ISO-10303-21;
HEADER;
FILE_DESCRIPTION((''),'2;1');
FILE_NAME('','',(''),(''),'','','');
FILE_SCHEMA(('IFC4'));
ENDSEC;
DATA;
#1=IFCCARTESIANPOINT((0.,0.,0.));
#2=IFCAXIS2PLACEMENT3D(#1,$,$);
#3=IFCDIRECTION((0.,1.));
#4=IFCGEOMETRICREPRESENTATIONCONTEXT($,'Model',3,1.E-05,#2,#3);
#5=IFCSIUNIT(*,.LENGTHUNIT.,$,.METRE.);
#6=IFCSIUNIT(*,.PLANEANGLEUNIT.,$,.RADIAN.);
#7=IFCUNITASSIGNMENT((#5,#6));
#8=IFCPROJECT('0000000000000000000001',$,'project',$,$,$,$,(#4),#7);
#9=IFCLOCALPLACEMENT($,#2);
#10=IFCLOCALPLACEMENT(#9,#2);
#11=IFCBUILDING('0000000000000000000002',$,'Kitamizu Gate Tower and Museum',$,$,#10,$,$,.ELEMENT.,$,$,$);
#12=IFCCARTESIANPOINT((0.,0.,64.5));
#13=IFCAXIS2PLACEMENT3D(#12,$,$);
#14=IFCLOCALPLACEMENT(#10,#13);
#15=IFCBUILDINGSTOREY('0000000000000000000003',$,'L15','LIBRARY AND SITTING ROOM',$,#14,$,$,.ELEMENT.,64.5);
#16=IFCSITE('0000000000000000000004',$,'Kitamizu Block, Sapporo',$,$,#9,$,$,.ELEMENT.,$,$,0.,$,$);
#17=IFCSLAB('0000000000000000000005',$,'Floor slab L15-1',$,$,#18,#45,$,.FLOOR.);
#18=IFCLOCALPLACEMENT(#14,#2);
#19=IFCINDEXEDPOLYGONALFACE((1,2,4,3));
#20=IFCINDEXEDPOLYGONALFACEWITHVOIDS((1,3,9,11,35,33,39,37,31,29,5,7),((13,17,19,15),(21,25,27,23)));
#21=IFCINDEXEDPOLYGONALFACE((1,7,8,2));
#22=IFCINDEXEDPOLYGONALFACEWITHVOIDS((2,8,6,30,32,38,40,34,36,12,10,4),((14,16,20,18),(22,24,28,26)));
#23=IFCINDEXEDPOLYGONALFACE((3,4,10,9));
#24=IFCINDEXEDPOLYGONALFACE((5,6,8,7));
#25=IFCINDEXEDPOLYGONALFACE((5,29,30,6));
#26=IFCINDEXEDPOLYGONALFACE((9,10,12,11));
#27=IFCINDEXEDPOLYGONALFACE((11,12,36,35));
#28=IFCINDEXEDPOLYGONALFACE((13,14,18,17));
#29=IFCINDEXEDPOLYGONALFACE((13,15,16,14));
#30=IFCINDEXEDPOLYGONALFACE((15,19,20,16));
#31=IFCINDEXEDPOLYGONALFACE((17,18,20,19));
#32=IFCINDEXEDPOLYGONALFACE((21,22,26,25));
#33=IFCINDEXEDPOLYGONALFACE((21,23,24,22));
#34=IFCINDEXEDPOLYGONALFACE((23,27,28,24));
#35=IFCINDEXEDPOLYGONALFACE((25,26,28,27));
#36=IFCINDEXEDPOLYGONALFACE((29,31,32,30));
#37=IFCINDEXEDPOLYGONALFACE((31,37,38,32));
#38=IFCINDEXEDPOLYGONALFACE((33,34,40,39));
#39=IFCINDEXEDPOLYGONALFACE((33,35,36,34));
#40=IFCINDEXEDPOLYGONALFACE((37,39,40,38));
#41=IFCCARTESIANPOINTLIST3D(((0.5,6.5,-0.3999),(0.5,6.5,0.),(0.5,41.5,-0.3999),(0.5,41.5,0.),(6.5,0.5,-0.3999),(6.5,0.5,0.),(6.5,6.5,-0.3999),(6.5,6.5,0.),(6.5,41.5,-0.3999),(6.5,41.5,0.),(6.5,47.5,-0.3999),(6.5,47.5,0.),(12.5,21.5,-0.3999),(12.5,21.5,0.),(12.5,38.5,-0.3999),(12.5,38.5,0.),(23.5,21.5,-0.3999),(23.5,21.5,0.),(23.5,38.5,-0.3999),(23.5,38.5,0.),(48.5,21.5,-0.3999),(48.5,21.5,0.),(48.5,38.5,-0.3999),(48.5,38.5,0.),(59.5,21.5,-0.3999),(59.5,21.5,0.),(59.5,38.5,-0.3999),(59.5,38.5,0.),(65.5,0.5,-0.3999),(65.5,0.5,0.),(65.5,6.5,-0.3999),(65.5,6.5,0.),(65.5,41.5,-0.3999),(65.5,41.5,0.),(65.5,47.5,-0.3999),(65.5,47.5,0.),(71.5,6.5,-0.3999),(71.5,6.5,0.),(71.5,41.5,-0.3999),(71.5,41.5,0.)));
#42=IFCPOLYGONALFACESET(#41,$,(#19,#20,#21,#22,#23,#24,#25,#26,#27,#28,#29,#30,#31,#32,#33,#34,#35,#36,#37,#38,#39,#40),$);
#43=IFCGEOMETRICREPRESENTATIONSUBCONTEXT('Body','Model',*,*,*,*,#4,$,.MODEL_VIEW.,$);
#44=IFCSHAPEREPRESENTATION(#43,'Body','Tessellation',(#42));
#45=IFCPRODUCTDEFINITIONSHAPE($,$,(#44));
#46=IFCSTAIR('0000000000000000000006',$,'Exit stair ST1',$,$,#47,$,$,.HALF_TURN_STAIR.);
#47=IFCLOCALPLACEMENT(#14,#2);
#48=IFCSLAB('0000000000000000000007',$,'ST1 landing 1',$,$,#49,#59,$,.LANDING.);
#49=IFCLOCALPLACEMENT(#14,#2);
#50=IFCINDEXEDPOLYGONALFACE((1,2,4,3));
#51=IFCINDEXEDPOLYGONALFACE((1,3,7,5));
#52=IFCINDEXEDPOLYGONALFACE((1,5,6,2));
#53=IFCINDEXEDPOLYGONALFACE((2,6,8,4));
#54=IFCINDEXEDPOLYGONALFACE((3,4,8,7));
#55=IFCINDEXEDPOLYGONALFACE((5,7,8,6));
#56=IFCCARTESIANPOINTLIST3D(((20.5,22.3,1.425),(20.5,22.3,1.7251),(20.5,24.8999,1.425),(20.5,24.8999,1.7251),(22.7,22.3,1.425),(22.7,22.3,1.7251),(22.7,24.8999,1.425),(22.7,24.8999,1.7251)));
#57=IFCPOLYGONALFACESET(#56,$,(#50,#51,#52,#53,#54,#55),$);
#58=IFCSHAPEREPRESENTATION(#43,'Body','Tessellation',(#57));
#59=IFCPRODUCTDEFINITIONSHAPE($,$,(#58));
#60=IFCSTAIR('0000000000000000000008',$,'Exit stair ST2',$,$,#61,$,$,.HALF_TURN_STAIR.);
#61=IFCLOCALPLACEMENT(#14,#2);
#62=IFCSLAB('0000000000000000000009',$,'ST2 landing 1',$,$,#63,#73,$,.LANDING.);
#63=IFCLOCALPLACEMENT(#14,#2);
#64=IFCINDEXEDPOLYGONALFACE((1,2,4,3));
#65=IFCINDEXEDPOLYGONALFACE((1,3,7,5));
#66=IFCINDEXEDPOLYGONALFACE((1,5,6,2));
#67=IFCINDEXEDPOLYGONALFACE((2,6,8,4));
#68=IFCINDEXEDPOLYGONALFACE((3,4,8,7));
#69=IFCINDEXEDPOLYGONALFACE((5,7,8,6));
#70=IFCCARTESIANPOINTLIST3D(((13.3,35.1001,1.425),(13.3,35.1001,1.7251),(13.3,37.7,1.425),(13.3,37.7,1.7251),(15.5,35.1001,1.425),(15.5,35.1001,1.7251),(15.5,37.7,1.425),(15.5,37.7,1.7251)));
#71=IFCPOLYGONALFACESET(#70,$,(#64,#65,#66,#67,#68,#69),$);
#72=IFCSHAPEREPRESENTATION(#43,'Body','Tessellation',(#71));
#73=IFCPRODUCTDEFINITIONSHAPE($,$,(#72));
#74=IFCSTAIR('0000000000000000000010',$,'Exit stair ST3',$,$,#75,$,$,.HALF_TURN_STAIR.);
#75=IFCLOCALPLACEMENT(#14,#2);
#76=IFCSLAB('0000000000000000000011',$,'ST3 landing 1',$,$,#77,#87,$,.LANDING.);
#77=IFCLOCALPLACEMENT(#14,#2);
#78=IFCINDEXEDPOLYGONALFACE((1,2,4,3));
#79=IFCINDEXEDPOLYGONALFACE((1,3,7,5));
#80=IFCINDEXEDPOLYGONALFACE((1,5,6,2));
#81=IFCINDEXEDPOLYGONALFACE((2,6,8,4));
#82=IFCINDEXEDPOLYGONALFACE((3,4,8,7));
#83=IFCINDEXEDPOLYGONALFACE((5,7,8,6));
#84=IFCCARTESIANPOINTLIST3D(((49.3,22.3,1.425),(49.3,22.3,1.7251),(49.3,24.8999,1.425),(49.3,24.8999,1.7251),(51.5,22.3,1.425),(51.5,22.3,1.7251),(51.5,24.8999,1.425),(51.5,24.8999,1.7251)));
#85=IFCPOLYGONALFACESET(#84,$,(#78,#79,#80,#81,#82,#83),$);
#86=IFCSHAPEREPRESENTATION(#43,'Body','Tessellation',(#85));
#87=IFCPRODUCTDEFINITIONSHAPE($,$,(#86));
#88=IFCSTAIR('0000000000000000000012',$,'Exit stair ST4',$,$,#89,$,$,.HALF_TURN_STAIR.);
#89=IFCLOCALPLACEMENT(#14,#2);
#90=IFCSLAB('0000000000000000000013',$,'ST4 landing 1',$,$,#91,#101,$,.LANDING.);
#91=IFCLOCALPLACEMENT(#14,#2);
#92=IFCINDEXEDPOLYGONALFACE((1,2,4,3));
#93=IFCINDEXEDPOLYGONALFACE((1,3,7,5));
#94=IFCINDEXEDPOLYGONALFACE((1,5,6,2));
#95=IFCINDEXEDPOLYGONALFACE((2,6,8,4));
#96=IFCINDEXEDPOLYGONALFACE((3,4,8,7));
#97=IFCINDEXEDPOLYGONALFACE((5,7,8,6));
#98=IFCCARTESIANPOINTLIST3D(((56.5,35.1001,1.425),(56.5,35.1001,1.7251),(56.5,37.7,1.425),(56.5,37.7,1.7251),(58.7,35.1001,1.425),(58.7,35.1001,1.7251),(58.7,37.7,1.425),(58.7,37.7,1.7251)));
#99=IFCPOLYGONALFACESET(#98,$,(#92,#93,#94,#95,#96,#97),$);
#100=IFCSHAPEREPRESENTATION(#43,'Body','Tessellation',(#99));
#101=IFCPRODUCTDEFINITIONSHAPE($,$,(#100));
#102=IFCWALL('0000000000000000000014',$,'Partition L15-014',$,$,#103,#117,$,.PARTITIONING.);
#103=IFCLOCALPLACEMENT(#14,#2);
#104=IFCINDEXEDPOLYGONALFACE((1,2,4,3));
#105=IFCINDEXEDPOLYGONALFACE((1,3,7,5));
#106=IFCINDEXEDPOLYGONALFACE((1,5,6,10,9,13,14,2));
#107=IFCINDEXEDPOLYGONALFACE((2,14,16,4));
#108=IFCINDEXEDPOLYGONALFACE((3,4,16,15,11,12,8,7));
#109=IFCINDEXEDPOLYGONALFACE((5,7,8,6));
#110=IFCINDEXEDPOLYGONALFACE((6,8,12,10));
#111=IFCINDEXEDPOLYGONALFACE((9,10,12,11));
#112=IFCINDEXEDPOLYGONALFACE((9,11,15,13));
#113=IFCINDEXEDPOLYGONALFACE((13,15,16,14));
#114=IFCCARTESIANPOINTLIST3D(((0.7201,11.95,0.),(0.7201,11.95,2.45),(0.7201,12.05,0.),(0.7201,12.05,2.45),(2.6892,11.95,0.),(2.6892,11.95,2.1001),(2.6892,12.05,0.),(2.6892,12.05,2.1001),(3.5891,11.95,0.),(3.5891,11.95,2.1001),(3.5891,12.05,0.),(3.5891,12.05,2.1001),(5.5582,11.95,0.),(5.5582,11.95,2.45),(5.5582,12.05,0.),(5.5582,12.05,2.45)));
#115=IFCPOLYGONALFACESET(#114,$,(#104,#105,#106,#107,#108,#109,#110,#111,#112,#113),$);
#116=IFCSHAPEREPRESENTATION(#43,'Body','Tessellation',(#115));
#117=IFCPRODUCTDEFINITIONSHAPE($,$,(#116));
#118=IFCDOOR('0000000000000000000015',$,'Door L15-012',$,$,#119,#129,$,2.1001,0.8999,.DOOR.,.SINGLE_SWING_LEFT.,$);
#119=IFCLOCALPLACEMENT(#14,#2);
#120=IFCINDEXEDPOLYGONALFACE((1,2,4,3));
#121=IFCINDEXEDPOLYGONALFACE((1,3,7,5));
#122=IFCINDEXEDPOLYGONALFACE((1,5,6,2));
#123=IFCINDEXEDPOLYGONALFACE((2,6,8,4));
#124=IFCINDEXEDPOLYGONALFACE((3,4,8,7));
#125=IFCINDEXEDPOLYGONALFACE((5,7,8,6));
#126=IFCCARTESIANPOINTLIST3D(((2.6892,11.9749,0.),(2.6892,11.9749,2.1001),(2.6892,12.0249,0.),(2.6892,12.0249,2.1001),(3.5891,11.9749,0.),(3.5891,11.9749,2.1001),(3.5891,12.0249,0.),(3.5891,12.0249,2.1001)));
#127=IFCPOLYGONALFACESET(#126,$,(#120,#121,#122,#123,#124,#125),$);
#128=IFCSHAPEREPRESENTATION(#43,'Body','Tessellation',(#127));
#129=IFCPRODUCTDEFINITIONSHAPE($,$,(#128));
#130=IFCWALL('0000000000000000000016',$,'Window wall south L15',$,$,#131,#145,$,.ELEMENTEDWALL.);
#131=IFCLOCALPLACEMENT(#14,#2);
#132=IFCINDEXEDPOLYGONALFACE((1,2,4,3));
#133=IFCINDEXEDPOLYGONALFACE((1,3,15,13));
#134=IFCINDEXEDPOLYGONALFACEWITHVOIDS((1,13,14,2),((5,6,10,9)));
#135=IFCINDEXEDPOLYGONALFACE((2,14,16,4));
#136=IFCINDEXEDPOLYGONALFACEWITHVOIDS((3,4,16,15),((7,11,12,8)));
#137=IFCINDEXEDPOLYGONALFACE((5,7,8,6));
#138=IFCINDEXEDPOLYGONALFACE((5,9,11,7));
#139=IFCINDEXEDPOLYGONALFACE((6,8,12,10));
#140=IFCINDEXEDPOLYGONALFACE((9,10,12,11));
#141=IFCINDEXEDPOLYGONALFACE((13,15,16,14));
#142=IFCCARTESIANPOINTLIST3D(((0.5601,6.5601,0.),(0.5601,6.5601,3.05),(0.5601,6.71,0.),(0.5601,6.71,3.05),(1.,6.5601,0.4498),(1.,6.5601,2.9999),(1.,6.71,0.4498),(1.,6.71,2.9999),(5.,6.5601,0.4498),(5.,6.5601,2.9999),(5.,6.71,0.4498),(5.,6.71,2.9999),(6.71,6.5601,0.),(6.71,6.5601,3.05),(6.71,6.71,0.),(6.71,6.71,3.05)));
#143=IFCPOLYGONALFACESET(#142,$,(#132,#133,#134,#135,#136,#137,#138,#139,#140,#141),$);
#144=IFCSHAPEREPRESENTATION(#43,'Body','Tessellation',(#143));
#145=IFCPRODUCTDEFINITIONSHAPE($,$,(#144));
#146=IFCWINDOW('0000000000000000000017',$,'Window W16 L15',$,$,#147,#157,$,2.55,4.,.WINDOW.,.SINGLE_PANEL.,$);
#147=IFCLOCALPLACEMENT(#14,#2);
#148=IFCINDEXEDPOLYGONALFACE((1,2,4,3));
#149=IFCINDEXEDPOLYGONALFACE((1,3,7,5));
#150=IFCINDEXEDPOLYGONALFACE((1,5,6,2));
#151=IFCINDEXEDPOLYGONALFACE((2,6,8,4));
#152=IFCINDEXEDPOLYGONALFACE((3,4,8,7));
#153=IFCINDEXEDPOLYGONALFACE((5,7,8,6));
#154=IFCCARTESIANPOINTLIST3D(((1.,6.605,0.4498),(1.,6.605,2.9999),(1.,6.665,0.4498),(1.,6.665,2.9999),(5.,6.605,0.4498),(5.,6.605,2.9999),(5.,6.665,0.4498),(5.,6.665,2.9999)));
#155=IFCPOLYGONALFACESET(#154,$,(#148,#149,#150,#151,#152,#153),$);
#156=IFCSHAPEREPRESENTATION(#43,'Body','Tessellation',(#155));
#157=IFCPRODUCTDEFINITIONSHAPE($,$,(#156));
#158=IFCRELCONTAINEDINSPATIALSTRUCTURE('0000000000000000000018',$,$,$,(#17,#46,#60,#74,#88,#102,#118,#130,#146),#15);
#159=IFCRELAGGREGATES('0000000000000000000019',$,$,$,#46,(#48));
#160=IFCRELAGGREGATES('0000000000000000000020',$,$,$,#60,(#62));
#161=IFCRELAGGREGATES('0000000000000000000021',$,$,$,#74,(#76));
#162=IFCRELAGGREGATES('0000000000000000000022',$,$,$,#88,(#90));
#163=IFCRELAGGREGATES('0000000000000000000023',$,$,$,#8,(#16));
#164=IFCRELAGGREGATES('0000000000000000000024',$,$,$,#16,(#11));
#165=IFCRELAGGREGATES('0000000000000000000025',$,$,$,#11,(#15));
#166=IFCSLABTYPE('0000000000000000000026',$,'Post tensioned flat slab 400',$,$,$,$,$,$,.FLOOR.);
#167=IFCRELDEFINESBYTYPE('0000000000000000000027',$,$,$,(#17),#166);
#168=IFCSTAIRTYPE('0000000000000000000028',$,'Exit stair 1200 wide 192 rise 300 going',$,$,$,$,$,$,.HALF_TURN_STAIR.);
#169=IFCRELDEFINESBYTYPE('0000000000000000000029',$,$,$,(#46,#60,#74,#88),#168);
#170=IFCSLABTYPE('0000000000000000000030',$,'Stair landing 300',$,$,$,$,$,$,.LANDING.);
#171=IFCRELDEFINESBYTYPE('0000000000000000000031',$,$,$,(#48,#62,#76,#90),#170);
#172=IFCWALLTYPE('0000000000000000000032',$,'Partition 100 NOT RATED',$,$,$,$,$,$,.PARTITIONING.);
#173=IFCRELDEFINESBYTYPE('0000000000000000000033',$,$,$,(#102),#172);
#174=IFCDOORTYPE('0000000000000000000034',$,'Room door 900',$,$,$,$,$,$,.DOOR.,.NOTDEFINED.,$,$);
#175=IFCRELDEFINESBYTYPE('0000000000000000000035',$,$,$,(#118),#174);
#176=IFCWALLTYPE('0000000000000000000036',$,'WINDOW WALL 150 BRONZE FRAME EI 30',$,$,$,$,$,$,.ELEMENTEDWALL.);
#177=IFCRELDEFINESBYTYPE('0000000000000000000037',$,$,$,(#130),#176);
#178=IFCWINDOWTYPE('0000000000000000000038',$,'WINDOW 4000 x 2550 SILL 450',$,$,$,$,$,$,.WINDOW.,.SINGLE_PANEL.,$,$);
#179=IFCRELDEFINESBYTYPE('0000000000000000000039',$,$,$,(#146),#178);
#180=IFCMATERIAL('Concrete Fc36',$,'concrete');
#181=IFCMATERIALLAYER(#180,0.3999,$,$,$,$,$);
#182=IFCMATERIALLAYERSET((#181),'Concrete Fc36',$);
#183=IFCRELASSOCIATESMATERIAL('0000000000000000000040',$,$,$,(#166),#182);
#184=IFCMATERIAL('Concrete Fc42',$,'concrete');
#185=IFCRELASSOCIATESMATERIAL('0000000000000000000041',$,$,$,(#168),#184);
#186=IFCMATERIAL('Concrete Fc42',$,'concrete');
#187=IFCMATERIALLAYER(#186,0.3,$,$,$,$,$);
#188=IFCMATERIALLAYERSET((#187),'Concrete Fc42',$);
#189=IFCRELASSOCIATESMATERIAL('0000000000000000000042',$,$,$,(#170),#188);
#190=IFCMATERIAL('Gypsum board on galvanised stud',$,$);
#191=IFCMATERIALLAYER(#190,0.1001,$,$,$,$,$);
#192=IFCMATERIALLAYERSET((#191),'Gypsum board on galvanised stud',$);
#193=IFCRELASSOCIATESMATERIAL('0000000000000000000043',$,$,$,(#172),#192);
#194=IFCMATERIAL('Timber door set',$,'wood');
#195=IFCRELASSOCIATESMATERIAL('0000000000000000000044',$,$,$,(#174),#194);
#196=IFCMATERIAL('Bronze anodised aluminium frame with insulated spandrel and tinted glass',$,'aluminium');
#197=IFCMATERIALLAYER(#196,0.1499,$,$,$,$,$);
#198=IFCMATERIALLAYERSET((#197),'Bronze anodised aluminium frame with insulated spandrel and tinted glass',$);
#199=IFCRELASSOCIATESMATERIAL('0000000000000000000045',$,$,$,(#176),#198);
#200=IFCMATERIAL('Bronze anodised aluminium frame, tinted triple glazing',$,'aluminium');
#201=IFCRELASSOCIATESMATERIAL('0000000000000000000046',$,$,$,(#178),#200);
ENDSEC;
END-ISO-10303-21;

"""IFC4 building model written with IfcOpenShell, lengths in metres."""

from ifc_helpers import new_model, si_unit, direction, frame, frame_2d, origin, place, context, subcontext, project, spatial, polyline, rectangle, outline, extrude, material, layer, layer_set, type_object, element, fill, aggregate, save


model = new_model("IFC4")

# Units and contexts
model_context = context("Model", 3, precision=1e-05, world=origin(), true_north=direction((0.0, 1.0)))
body_context = subcontext(model_context, "Body", "Model", "MODEL_VIEW")
ifc_project = project(units=[si_unit("LENGTHUNIT", "METRE"), si_unit("PLANEANGLEUNIT", "RADIAN")], contexts=[model_context])

# Site, building, storey
site_placement = place(None, origin())
site = spatial("IfcSite", under=ifc_project, at=site_placement, Name="Kitamizu Block, Sapporo", CompositionType="ELEMENT", RefElevation=0.0)
building_placement = place(site_placement, origin())
building = spatial("IfcBuilding", under=site, at=building_placement, Name="Kitamizu Gate Tower and Museum", CompositionType="ELEMENT")
storey_placement = place(building_placement, frame((0.0, 0.0, 64.5)))
storey = spatial("IfcBuildingStorey", under=building, at=storey_placement, Name="L15", Description="LIBRARY AND SITTING ROOM", CompositionType="ELEMENT", Elevation=64.5)

# Slab
ifc_material_1 = material(Name="Concrete Fc36", Category="concrete")
ifc_layer_1 = layer(ifc_material_1, 0.3999)
ifc_layer_set_1 = layer_set([ifc_layer_1], Name="Concrete Fc36")
slab_type_1 = type_object("IfcSlabType", Name="Post tensioned flat slab 400", PredefinedType="FLOOR", material=ifc_layer_set_1)
slab_1_placement = place(storey_placement, frame((0.0, 0.0, -0.3999)))
element("IfcSlab", 1, at=slab_1_placement, inside=storey, type_object=slab_type_1, Name="Floor slab L15-1", PredefinedType="FLOOR", context=body_context, shape_type="SweptSolid", body=[
    extrude(outline(polyline([(0.5, 6.5), (0.5, 41.5), (6.5, 41.5), (6.5, 47.5), (65.5, 47.5), (65.5, 41.5), (71.5, 41.5), (71.5, 6.5), (65.5, 6.5), (65.5, 0.5), (6.5, 0.5), (6.5, 6.5), (0.5, 6.5)]), holes=[polyline([(59.5, 38.5), (48.5, 38.5), (48.5, 21.5), (59.5, 21.5), (59.5, 38.5)]), polyline([(12.5, 38.5), (12.5, 21.5), (23.5, 21.5), (23.5, 38.5), (12.5, 38.5)])]), origin(), (0.0, 0.0, 1.0), 0.3999),
])

# Stairs, slabs
ifc_material_2 = material(Name="Concrete Fc42", Category="concrete")
stair_type = type_object("IfcStairType", Name="Exit stair 1200 wide 192 rise 300 going", PredefinedType="HALF_TURN_STAIR", material=ifc_material_2)
stair_1_placement = place(storey_placement, origin())
stair_1 = element("IfcStair", 2, at=stair_1_placement, inside=storey, type_object=stair_type, Name="Exit stair ST1", PredefinedType="HALF_TURN_STAIR")
ifc_material_3 = material(Name="Concrete Fc42", Category="concrete")
ifc_layer_2 = layer(ifc_material_3, 0.3)
ifc_layer_set_2 = layer_set([ifc_layer_2], Name="Concrete Fc42")
slab_type_2 = type_object("IfcSlabType", Name="Stair landing 300", PredefinedType="LANDING", material=ifc_layer_set_2)
slab_2_placement = place(storey_placement, frame((0.0, 0.0, 1.425)))
slab_2 = element("IfcSlab", 3, at=slab_2_placement, type_object=slab_type_2, Name="ST1 landing 1", PredefinedType="LANDING", context=body_context, shape_type="SweptSolid", body=[
    extrude(outline(polyline([(20.5, 22.3), (22.7, 22.3), (22.7, 24.8999), (20.5, 24.8999), (20.5, 22.3)])), origin(), (0.0, 0.0, 1.0), 0.3),
])
aggregate(stair_1, [slab_2])
stair_2_placement = place(storey_placement, origin())
stair_2 = element("IfcStair", 4, at=stair_2_placement, inside=storey, type_object=stair_type, Name="Exit stair ST2", PredefinedType="HALF_TURN_STAIR")
slab_3_placement = place(storey_placement, frame((0.0, 0.0, 1.425)))
slab_3 = element("IfcSlab", 5, at=slab_3_placement, type_object=slab_type_2, Name="ST2 landing 1", PredefinedType="LANDING", context=body_context, shape_type="SweptSolid", body=[
    extrude(outline(polyline([(13.3, 35.1001), (15.5, 35.1001), (15.5, 37.7), (13.3, 37.7), (13.3, 35.1001)])), origin(), (0.0, 0.0, 1.0), 0.3),
])
aggregate(stair_2, [slab_3])
stair_3_placement = place(storey_placement, origin())
stair_3 = element("IfcStair", 6, at=stair_3_placement, inside=storey, type_object=stair_type, Name="Exit stair ST3", PredefinedType="HALF_TURN_STAIR")
slab_4_placement = place(storey_placement, frame((0.0, 0.0, 1.425)))
slab_4 = element("IfcSlab", 7, at=slab_4_placement, type_object=slab_type_2, Name="ST3 landing 1", PredefinedType="LANDING", context=body_context, shape_type="SweptSolid", body=[
    extrude(outline(polyline([(49.3, 22.3), (51.5, 22.3), (51.5, 24.8999), (49.3, 24.8999), (49.3, 22.3)])), origin(), (0.0, 0.0, 1.0), 0.3),
])
aggregate(stair_3, [slab_4])
stair_4_placement = place(storey_placement, origin())
stair_4 = element("IfcStair", 8, at=stair_4_placement, inside=storey, type_object=stair_type, Name="Exit stair ST4", PredefinedType="HALF_TURN_STAIR")
slab_5_placement = place(storey_placement, frame((0.0, 0.0, 1.425)))
slab_5 = element("IfcSlab", 9, at=slab_5_placement, type_object=slab_type_2, Name="ST4 landing 1", PredefinedType="LANDING", context=body_context, shape_type="SweptSolid", body=[
    extrude(outline(polyline([(56.5, 35.1001), (58.7, 35.1001), (58.7, 37.7), (56.5, 37.7), (56.5, 35.1001)])), origin(), (0.0, 0.0, 1.0), 0.3),
])
aggregate(stair_4, [slab_5])

# Wall, opening, door
ifc_material_4 = material(Name="Gypsum board on galvanised stud")
ifc_layer_3 = layer(ifc_material_4, 0.1001)
ifc_layer_set_3 = layer_set([ifc_layer_3], Name="Gypsum board on galvanised stud")
wall_type_1 = type_object("IfcWallType", Name="Partition 100 NOT RATED", PredefinedType="PARTITIONING", material=ifc_layer_set_3)
wall_1_placement = place(storey_placement, frame((5.5581, 12.0, 0.0), z_axis=(0.0, 0.0, 1.0), x_axis=(-1.0, 0.0, 0.0)))
wall_1 = element("IfcWall", 10, at=wall_1_placement, inside=storey, type_object=wall_type_1, Name="Partition L15-014", PredefinedType="PARTITIONING", context=body_context, shape_type="SweptSolid", body=[
    extrude(rectangle(XDim=4.8381, YDim=0.1001, at=frame_2d((2.4189, 0.0))), origin(), (0.0, 0.0, 1.0), 2.45),
])
opening_1_placement = place(wall_1_placement, frame((1.969, 0.0, 0.0)))
opening_1 = element("IfcOpeningElement", 11, at=opening_1_placement, cuts=wall_1, PredefinedType="OPENING", context=body_context, shape_type="SweptSolid", body=[
    extrude(rectangle(XDim=0.8999, YDim=2.1001, at=frame_2d((0.45, 1.05))), frame((0.0, 0.0601, 0.0), z_axis=(0.0, -1.0, 0.0), x_axis=(1.0, 0.0, 0.0)), (0.0, 0.0, 1.0), 0.1201),
])
ifc_material_5 = material(Name="Timber door set", Category="wood")
door_type = type_object("IfcDoorType", Name="Room door 900", OperationType="NOTDEFINED", PredefinedType="DOOR", material=ifc_material_5)
door_placement = place(opening_1_placement, frame((0.8999, 0.0, 0.0), x_axis=(-1.0, 0.0, 0.0)))
door = element("IfcDoor", 12, at=door_placement, inside=storey, type_object=door_type, Name="Door L15-012", OperationType="SINGLE_SWING_LEFT", OverallHeight=2.1001, OverallWidth=0.8999, PredefinedType="DOOR", context=body_context, shape_type="SweptSolid", body=[
    extrude(rectangle(XDim=0.8999, YDim=2.1001, at=frame_2d((0.45, 1.05))), frame((0.0, 0.0249, 0.0), z_axis=(0.0, -1.0, 0.0), x_axis=(1.0, 0.0, 0.0)), (0.0, 0.0, 1.0), 0.05),
])
fill(opening_1, door)

# Shared definitions
ifc_material_6 = material(Name="Bronze anodised aluminium frame with insulated spandrel and tinted glass", Category="aluminium")
ifc_layer_4 = layer(ifc_material_6, 0.1499)
ifc_layer_set_4 = layer_set([ifc_layer_4], Name="Bronze anodised aluminium frame with insulated spandrel and tinted glass")
wall_type_2 = type_object("IfcWallType", Name="WINDOW WALL 150 BRONZE FRAME EI 30", PredefinedType="ELEMENTEDWALL", material=ifc_layer_set_4)

# Wall, opening, window
wall_2_placement = place(storey_placement, frame((0.5601, 6.635, 0.0), z_axis=(0.0, 0.0, 1.0), x_axis=(1.0, 0.0, 0.0)))
wall_2 = element("IfcWall", 13, at=wall_2_placement, inside=storey, type_object=wall_type_2, Name="Window wall south L15", PredefinedType="ELEMENTEDWALL", context=body_context, shape_type="SweptSolid", body=[
    extrude(rectangle(XDim=6.1499, YDim=0.1499, at=frame_2d((3.075, 0.0))), origin(), (0.0, 0.0, 1.0), 3.05),
])
opening_2_placement = place(wall_2_placement, frame((0.4399, 0.0, 0.45)))
opening_2 = element("IfcOpeningElement", 14, at=opening_2_placement, cuts=wall_2, PredefinedType="OPENING", context=body_context, shape_type="SweptSolid", body=[
    extrude(rectangle(XDim=4.0, YDim=2.55, at=frame_2d((2.0, 1.2749))), frame((0.0, 0.085, 0.0), z_axis=(0.0, -1.0, 0.0), x_axis=(1.0, 0.0, 0.0)), (0.0, 0.0, 1.0), 0.1699),
])
ifc_material_7 = material(Name="Bronze anodised aluminium frame, tinted triple glazing", Category="aluminium")
window_type_1 = type_object("IfcWindowType", Name="WINDOW 4000 x 2550 SILL 450", PartitioningType="SINGLE_PANEL", PredefinedType="WINDOW", material=ifc_material_7)
window_1_placement = place(opening_2_placement, origin())
window_1 = element("IfcWindow", 15, at=window_1_placement, inside=storey, type_object=window_type_1, Name="Window W16 L15", OverallHeight=2.55, OverallWidth=4.0, PartitioningType="SINGLE_PANEL", PredefinedType="WINDOW", context=body_context, shape_type="SweptSolid", body=[
    extrude(rectangle(XDim=4.0, YDim=2.55, at=frame_2d((2.0, 1.2749))), frame((0.0, 0.03, 0.0), z_axis=(0.0, -1.0, 0.0), x_axis=(1.0, 0.0, 0.0)), (0.0, 0.0, 1.0), 0.0601),
])
fill(opening_2, window_1)

save(model, "model.ifc")
